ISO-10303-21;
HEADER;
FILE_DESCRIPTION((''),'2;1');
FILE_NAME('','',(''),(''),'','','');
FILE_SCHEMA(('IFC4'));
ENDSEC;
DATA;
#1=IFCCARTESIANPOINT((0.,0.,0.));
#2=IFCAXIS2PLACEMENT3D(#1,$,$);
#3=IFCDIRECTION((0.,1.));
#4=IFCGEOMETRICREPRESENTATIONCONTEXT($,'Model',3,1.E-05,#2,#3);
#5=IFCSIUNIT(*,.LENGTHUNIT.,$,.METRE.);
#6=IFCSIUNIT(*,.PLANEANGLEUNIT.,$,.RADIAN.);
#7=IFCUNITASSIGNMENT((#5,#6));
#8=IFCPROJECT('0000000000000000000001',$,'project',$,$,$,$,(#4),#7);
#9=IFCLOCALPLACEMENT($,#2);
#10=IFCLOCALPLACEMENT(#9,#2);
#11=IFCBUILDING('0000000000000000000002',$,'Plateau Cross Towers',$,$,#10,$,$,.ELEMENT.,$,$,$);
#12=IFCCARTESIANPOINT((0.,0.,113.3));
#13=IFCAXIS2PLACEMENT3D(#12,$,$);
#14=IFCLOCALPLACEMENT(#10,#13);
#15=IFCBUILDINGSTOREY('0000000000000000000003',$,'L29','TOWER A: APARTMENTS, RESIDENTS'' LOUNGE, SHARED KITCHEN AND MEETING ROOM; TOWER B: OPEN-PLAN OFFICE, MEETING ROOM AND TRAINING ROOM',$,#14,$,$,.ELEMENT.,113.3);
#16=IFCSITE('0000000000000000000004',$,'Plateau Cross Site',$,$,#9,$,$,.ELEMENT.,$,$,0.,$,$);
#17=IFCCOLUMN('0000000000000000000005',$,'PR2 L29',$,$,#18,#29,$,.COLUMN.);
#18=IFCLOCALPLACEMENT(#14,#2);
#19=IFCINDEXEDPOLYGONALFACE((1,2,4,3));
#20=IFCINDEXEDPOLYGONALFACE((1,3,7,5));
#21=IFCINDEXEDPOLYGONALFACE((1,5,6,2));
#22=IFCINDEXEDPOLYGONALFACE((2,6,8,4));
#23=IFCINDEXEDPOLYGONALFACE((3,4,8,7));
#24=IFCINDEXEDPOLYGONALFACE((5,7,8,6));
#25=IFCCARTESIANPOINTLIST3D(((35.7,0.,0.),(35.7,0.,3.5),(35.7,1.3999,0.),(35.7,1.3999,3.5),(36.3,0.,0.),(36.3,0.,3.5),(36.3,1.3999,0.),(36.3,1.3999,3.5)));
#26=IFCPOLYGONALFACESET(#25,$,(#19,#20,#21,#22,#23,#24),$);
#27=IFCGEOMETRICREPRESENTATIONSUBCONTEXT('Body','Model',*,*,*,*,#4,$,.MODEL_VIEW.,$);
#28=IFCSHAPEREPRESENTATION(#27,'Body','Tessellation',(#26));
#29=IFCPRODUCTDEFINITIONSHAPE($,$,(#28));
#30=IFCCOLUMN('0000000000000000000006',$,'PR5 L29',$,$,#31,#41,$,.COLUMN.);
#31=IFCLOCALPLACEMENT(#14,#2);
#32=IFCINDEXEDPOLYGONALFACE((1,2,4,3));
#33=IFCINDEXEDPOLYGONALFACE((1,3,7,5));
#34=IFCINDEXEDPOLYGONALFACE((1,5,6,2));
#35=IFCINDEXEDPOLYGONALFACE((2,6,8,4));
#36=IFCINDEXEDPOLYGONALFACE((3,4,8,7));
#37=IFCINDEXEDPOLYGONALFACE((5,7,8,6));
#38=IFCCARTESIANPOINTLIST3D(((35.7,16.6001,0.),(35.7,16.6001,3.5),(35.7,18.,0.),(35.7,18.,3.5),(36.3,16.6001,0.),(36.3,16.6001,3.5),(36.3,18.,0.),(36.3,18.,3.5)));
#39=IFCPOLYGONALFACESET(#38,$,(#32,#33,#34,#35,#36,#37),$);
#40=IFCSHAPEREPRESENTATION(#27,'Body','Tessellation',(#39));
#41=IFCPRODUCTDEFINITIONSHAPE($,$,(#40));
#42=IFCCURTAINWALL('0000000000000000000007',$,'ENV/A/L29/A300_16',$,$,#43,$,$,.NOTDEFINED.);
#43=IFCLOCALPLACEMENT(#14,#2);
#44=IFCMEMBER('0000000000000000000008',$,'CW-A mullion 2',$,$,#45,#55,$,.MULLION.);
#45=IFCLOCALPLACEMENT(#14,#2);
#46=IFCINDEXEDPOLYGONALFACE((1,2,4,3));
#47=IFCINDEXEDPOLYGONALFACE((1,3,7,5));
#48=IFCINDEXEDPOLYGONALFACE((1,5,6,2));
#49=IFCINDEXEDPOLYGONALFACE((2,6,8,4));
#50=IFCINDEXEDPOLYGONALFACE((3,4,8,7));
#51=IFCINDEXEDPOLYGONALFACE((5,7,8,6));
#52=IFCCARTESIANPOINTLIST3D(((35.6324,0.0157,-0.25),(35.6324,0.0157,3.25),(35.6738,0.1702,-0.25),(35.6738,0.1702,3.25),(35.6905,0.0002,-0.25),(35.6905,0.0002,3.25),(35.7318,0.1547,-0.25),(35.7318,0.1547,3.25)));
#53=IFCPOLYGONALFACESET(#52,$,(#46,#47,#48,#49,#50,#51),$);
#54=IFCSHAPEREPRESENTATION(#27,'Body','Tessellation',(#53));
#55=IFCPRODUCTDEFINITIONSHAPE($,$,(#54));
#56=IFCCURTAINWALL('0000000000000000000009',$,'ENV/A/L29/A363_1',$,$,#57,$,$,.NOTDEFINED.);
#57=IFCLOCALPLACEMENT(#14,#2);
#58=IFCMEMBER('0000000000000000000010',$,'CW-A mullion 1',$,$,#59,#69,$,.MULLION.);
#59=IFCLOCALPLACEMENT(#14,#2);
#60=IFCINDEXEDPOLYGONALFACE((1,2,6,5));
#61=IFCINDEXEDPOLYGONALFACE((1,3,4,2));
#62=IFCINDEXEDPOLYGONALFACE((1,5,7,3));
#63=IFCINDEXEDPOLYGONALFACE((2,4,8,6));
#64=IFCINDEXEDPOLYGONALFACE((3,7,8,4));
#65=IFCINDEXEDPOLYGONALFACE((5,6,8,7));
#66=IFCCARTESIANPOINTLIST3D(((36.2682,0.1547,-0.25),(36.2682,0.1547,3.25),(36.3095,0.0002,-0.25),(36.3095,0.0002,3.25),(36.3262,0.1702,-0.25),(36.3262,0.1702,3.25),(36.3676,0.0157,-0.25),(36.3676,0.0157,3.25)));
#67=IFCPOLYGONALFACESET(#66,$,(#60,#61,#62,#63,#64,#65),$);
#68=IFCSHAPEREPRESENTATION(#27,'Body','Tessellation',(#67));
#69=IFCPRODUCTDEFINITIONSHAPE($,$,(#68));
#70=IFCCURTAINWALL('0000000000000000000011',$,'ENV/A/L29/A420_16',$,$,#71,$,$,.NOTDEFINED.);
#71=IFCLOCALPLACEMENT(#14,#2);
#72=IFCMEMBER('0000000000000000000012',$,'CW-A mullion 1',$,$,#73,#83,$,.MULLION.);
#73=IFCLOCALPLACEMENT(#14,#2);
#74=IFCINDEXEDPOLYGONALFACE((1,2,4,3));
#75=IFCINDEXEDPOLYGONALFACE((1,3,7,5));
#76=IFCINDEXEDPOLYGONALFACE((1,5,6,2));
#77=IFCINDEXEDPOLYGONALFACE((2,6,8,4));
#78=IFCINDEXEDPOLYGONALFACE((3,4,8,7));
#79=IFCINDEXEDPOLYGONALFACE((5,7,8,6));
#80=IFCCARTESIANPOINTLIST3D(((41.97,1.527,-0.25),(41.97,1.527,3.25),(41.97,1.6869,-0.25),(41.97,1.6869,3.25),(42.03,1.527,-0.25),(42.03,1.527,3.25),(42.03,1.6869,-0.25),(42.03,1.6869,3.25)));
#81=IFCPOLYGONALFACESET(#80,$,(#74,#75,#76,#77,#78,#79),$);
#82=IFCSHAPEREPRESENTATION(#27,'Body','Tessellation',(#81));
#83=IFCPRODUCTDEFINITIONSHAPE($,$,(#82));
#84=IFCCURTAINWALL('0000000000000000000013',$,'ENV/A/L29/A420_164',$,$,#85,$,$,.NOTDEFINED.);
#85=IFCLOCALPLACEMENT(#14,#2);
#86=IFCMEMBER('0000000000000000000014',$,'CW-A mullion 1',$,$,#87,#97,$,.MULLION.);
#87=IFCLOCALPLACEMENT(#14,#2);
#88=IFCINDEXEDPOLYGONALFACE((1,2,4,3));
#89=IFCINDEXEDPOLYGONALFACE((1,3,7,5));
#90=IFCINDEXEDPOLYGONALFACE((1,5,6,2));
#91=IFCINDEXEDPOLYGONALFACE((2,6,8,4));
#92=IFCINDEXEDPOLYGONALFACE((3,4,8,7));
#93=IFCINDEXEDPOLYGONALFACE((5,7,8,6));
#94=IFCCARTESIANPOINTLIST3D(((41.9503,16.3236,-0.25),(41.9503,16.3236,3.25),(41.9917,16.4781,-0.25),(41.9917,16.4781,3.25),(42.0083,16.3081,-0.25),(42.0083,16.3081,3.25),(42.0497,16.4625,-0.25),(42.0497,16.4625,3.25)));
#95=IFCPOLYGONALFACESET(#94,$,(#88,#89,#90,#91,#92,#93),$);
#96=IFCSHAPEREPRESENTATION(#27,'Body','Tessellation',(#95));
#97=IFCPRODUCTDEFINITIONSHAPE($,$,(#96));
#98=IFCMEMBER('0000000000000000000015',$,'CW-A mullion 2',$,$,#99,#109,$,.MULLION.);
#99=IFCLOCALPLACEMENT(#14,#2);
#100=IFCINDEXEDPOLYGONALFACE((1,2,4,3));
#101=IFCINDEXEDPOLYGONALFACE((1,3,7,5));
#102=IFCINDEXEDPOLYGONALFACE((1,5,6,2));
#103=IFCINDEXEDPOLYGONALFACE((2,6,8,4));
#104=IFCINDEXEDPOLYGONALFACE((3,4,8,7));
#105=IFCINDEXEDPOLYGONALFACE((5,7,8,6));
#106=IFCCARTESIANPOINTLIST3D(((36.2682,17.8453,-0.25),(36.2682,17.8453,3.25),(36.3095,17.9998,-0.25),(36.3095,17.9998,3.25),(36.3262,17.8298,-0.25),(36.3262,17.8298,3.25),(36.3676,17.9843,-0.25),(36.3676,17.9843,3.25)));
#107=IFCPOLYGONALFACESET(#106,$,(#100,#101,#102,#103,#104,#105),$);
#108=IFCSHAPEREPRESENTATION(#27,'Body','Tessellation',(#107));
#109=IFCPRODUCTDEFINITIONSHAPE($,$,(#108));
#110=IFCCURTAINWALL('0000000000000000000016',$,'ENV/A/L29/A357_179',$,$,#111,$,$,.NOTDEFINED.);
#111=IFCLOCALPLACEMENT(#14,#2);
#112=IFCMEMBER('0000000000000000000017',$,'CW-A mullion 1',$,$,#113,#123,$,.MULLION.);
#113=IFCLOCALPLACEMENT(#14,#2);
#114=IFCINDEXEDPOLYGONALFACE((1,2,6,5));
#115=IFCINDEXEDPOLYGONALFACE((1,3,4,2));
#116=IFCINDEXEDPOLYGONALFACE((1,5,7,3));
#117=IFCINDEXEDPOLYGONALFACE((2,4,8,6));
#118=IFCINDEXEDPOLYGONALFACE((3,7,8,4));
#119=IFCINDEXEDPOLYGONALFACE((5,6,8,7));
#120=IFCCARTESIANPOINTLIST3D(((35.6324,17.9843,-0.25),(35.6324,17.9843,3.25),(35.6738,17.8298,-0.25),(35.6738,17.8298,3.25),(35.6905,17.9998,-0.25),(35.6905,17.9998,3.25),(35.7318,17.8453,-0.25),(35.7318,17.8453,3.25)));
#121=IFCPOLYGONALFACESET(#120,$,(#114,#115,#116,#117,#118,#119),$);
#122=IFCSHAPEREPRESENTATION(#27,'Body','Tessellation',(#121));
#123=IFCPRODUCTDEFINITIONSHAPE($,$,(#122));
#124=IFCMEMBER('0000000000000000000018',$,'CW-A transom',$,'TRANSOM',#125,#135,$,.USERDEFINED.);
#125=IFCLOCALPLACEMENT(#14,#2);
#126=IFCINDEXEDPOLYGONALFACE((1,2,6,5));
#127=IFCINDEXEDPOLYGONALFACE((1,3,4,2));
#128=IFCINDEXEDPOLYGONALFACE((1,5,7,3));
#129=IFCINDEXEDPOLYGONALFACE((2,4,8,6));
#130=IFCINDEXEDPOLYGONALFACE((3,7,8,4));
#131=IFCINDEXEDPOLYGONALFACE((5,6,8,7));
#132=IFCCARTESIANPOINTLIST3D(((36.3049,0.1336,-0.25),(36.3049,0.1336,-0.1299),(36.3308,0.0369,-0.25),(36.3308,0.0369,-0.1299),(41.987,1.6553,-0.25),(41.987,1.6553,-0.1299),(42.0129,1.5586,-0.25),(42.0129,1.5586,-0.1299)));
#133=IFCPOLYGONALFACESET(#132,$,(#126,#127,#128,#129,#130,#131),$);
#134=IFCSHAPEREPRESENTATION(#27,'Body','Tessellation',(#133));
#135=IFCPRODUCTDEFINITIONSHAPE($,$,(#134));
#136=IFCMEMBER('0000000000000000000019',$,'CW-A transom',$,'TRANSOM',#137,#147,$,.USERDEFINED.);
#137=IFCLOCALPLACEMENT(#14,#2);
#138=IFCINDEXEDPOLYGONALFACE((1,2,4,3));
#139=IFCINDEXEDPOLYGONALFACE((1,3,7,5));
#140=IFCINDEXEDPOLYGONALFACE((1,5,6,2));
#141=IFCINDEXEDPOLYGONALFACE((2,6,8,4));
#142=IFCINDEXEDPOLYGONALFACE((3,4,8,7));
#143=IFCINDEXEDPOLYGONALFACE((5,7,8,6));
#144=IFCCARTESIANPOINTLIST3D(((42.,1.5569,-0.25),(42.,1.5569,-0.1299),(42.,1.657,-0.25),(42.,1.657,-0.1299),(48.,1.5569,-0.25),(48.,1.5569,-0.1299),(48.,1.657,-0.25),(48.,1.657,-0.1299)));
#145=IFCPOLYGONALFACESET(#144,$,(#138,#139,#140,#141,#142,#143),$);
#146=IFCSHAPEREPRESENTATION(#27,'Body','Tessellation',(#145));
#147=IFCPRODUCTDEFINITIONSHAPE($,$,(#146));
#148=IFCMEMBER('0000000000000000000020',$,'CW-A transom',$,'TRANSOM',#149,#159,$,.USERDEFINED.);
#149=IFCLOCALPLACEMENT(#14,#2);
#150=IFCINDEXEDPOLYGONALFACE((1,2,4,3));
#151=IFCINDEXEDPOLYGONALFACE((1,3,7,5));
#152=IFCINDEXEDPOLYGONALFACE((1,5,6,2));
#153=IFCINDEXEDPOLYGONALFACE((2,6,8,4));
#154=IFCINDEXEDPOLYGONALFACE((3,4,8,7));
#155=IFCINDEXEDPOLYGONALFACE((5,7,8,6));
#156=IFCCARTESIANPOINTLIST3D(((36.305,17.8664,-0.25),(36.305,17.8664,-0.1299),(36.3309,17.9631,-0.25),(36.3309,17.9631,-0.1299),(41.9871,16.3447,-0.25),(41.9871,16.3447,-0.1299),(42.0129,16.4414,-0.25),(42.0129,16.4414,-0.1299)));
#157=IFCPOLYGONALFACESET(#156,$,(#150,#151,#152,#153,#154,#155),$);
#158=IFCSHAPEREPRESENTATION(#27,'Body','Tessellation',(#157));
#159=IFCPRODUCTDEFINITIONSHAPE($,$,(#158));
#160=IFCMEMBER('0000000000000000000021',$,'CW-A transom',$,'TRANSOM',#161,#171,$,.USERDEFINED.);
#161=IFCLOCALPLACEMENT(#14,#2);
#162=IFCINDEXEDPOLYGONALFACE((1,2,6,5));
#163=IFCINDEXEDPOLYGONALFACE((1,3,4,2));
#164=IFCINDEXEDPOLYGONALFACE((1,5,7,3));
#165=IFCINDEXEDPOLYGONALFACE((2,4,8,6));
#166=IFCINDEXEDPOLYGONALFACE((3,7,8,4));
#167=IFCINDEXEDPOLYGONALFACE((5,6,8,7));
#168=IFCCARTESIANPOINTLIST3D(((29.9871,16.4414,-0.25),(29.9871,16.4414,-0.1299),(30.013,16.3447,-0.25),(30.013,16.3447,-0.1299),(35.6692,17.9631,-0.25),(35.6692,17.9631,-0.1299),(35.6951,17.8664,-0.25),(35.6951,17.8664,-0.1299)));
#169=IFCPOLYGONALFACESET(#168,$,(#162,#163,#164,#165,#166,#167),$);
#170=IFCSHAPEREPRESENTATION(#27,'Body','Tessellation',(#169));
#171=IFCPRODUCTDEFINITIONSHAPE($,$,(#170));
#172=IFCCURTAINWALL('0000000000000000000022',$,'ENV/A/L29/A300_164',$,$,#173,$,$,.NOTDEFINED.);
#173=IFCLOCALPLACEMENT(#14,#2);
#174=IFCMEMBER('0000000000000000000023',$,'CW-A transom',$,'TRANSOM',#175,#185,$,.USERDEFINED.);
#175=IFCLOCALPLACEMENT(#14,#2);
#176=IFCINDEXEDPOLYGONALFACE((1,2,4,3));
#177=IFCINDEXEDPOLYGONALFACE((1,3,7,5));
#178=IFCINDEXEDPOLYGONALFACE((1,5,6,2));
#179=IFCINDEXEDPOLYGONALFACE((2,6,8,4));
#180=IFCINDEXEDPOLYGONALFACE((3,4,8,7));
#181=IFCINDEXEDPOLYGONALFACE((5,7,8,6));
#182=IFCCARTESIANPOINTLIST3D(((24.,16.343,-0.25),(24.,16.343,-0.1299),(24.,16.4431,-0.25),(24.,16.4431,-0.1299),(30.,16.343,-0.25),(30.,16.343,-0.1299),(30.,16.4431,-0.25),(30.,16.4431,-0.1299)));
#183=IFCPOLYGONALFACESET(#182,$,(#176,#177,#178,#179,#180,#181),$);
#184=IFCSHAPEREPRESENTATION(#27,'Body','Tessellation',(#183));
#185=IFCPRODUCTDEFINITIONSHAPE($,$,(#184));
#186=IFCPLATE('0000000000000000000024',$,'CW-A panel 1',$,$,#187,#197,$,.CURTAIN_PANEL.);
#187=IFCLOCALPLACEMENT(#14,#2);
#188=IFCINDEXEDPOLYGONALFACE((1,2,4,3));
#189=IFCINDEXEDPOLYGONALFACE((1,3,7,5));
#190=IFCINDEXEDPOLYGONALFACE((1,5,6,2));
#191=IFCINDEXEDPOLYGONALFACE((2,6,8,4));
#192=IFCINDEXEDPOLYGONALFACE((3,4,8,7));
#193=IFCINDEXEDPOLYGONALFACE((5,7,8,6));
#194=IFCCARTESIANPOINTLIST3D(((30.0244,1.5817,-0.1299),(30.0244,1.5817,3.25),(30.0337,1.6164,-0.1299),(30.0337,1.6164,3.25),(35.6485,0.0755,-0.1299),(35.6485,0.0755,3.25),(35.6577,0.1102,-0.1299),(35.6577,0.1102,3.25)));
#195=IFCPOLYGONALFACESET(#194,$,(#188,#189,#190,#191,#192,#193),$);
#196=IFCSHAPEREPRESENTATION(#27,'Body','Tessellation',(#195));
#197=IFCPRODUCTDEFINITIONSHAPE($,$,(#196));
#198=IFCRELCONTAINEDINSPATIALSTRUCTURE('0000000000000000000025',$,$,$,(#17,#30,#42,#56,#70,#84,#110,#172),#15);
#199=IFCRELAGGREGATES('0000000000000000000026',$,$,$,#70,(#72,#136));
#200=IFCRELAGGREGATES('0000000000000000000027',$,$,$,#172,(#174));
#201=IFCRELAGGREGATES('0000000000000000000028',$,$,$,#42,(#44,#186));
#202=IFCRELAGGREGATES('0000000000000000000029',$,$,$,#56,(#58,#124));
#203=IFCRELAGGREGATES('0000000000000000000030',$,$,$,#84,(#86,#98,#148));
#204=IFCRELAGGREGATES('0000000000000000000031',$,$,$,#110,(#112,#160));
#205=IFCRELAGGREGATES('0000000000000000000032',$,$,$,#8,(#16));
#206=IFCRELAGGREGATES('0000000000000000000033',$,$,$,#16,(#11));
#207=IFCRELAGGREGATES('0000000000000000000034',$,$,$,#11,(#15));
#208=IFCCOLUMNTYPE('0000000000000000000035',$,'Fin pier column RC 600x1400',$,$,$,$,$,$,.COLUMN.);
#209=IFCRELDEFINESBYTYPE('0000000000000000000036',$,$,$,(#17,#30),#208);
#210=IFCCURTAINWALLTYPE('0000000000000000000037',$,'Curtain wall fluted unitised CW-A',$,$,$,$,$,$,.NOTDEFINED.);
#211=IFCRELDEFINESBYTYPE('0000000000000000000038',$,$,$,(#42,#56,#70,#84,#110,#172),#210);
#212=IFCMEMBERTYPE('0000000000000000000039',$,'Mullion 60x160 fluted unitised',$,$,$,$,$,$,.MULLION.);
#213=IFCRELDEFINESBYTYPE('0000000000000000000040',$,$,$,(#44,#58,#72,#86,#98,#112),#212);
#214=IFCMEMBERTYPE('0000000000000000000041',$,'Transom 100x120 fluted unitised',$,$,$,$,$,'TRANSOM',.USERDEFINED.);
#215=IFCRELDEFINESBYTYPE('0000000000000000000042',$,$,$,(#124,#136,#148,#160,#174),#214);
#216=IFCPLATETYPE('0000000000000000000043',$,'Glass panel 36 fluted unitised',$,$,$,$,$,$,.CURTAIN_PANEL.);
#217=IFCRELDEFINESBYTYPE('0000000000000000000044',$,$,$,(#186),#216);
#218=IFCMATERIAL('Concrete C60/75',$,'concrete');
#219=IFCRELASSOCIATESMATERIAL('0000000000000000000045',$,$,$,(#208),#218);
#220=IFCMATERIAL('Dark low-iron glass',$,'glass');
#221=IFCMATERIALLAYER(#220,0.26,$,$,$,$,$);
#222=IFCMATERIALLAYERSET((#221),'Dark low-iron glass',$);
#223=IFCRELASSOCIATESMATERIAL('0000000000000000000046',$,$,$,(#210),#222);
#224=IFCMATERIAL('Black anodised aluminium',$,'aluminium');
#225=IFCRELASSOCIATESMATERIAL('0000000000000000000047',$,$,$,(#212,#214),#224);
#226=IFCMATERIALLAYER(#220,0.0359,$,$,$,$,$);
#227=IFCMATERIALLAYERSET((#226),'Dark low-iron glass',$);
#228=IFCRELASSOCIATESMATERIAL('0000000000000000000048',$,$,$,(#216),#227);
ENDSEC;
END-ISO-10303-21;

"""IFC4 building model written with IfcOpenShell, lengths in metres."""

from ifc_helpers import new_model, si_unit, direction, frame, origin, origin_2d, place, context, subcontext, project, spatial, rectangle, extrude, material, layer, layer_set, material_profile, profile_set, type_object, element, aggregate, save


model = new_model("IFC4")

# Units and contexts
model_context = context("Model", 3, precision=1e-05, world=origin(), true_north=direction((0.0, 1.0)))
body_context = subcontext(model_context, "Body", "Model", "MODEL_VIEW")
ifc_project = project(units=[si_unit("LENGTHUNIT", "METRE"), si_unit("PLANEANGLEUNIT", "RADIAN")], contexts=[model_context])

# Site, building, storey
site_placement = place(None, origin())
site = spatial("IfcSite", under=ifc_project, at=site_placement, Name="Plateau Cross Site", CompositionType="ELEMENT", RefElevation=0.0)
building_placement = place(site_placement, origin())
building = spatial("IfcBuilding", under=site, at=building_placement, Name="Plateau Cross Towers", CompositionType="ELEMENT")
storey_placement = place(building_placement, frame((0.0, 0.0, 113.3)))
storey = spatial("IfcBuildingStorey", under=building, at=storey_placement, Name="L29", Description="TOWER A: APARTMENTS, RESIDENTS' LOUNGE, SHARED KITCHEN AND MEETING ROOM; TOWER B: OPEN-PLAN OFFICE, MEETING ROOM AND TRAINING ROOM", CompositionType="ELEMENT", Elevation=113.3)

# Columns
ifc_material_1 = material(Name="Concrete C60/75", Category="concrete")
ifc_material_profile_1 = material_profile(ifc_material_1, rectangle(XDim=0.6001, YDim=1.3999, at=origin_2d()), Name="RC 600x1400")
ifc_profile_set_1 = profile_set([ifc_material_profile_1], Name="Concrete C60/75")
column_type = type_object("IfcColumnType", Name="Fin pier column RC 600x1400", PredefinedType="COLUMN", material=ifc_profile_set_1)
for number, where, z_axis, x_axis, name in (
    (1, (36.0, 0.7, 0.0), (0.0, 0.0, 1.0), (1.0, 0.0, 0.0), "PR2 L29"),
    (2, (36.0, 17.3, 0.0), (0.0, 0.0, 1.0), (1.0, 0.0, 0.0), "PR5 L29"),
):
    element("IfcColumn", number, at=place(storey_placement, frame(where, z_axis=z_axis, x_axis=x_axis)), inside=storey, type_object=column_type, Name=name, PredefinedType="COLUMN", context=body_context, shape_type="SweptSolid", body=[
        extrude(rectangle(XDim=0.6001, YDim=1.3999, at=origin_2d()), origin(), (0.0, 0.0, 1.0), 3.5),
    ])

# Curtain walls, members
ifc_material_2 = material(Name="Dark low-iron glass", Category="glass")
ifc_layer_1 = layer(ifc_material_2, 0.26)
ifc_layer_set_1 = layer_set([ifc_layer_1], Name="Dark low-iron glass")
curtain_wall_type = type_object("IfcCurtainWallType", Name="Curtain wall fluted unitised CW-A", PredefinedType="NOTDEFINED", material=ifc_layer_set_1)
curtain_wall_1_placement = place(storey_placement, origin())
curtain_wall_1 = element("IfcCurtainWall", 3, at=curtain_wall_1_placement, inside=storey, type_object=curtain_wall_type, Name="ENV/A/L29/A300_16", PredefinedType="NOTDEFINED")
ifc_material_3 = material(Name="Black anodised aluminium", Category="aluminium")
ifc_material_profile_2 = material_profile(ifc_material_3, rectangle(XDim=0.0601, YDim=0.1599, at=origin_2d()), Name="MULLION 60x160")
ifc_profile_set_2 = profile_set([ifc_material_profile_2], Name="Black anodised aluminium")
member_type_1 = type_object("IfcMemberType", Name="Mullion 60x160 fluted unitised", PredefinedType="MULLION", material=ifc_profile_set_2)
member_1_placement = place(storey_placement, frame((35.6821, 0.0852, -0.25), z_axis=(0.0, 0.0, 1.0), x_axis=(0.965958, -0.258699, 0.0)))
member_1 = element("IfcMember", 4, at=member_1_placement, type_object=member_type_1, Name="CW-A mullion 2", PredefinedType="MULLION", context=body_context, shape_type="SweptSolid", body=[
    extrude(rectangle(XDim=0.0601, YDim=0.1599, at=origin_2d()), origin(), (0.0, 0.0, 1.0), 3.5),
])
curtain_wall_2_placement = place(storey_placement, origin())
curtain_wall_2 = element("IfcCurtainWall", 5, at=curtain_wall_2_placement, inside=storey, type_object=curtain_wall_type, Name="ENV/A/L29/A363_1", PredefinedType="NOTDEFINED")
member_2_placement = place(storey_placement, frame((36.3179, 0.0852, -0.25), z_axis=(0.0, 0.0, 1.0), x_axis=(0.965958, 0.258699, 0.0)))
member_2 = element("IfcMember", 6, at=member_2_placement, type_object=member_type_1, Name="CW-A mullion 1", PredefinedType="MULLION", context=body_context, shape_type="SweptSolid", body=[
    extrude(rectangle(XDim=0.0601, YDim=0.1599, at=origin_2d()), origin(), (0.0, 0.0, 1.0), 3.5),
])
curtain_wall_3_placement = place(storey_placement, origin())
curtain_wall_3 = element("IfcCurtainWall", 7, at=curtain_wall_3_placement, inside=storey, type_object=curtain_wall_type, Name="ENV/A/L29/A420_16", PredefinedType="NOTDEFINED")
member_3_placement = place(storey_placement, frame((42.0, 1.6069, -0.25), z_axis=(0.0, 0.0, 1.0), x_axis=(1.0, 0.0, 0.0)))
member_3 = element("IfcMember", 8, at=member_3_placement, type_object=member_type_1, Name="CW-A mullion 1", PredefinedType="MULLION", context=body_context, shape_type="SweptSolid", body=[
    extrude(rectangle(XDim=0.0601, YDim=0.1599, at=origin_2d()), origin(), (0.0, 0.0, 1.0), 3.5),
])

# Curtain wall, members
curtain_wall_4_placement = place(storey_placement, origin())
curtain_wall_4 = element("IfcCurtainWall", 9, at=curtain_wall_4_placement, inside=storey, type_object=curtain_wall_type, Name="ENV/A/L29/A420_164", PredefinedType="NOTDEFINED")
member_4_placement = place(storey_placement, frame((42.0, 16.3931, -0.25), z_axis=(0.0, 0.0, 1.0), x_axis=(-0.965958, 0.258699, 0.0)))
member_4 = element("IfcMember", 10, at=member_4_placement, type_object=member_type_1, Name="CW-A mullion 1", PredefinedType="MULLION", context=body_context, shape_type="SweptSolid", body=[
    extrude(rectangle(XDim=0.0601, YDim=0.1599, at=origin_2d()), origin(), (0.0, 0.0, 1.0), 3.5),
])
member_5_placement = place(storey_placement, frame((36.3179, 17.9148, -0.25), z_axis=(0.0, 0.0, 1.0), x_axis=(-0.965958, 0.258699, 0.0)))
member_5 = element("IfcMember", 11, at=member_5_placement, type_object=member_type_1, Name="CW-A mullion 2", PredefinedType="MULLION", context=body_context, shape_type="SweptSolid", body=[
    extrude(rectangle(XDim=0.0601, YDim=0.1599, at=origin_2d()), origin(), (0.0, 0.0, 1.0), 3.5),
])

# Curtain wall, member
curtain_wall_5_placement = place(storey_placement, origin())
curtain_wall_5 = element("IfcCurtainWall", 12, at=curtain_wall_5_placement, inside=storey, type_object=curtain_wall_type, Name="ENV/A/L29/A357_179", PredefinedType="NOTDEFINED")
member_6_placement = place(storey_placement, frame((35.6821, 17.9148, -0.25), z_axis=(0.0, 0.0, 1.0), x_axis=(-0.965958, -0.258699, 0.0)))
member_6 = element("IfcMember", 13, at=member_6_placement, type_object=member_type_1, Name="CW-A mullion 1", PredefinedType="MULLION", context=body_context, shape_type="SweptSolid", body=[
    extrude(rectangle(XDim=0.0601, YDim=0.1599, at=origin_2d()), origin(), (0.0, 0.0, 1.0), 3.5),
])

# Members
ifc_material_profile_3 = material_profile(ifc_material_3, rectangle(XDim=0.1001, YDim=0.1201, at=origin_2d()), Name="TRANSOM 100x120")
ifc_profile_set_3 = profile_set([ifc_material_profile_3], Name="Black anodised aluminium")
member_type_2 = type_object("IfcMemberType", Name="Transom 100x120 fluted unitised", ElementType="TRANSOM", PredefinedType="USERDEFINED", material=ifc_profile_set_3)
member_7_placement = place(storey_placement, frame((36.3179, 0.0852, -0.1899), z_axis=(0.96596, 0.258693, 0.0), x_axis=(-0.258693, 0.96596, 0.0)))
member_7 = element("IfcMember", 14, at=member_7_placement, type_object=member_type_2, Name="CW-A transom", ObjectType="TRANSOM", PredefinedType="USERDEFINED", context=body_context, shape_type="SweptSolid", body=[
    extrude(rectangle(XDim=0.1001, YDim=0.1201, at=origin_2d()), origin(), (0.0, 0.0, 1.0), 5.8823),
])
member_8_placement = place(storey_placement, frame((42.0, 1.6069, -0.1899), z_axis=(1.0, 0.0, 0.0), x_axis=(0.0, 1.0, 0.0)))
member_8 = element("IfcMember", 15, at=member_8_placement, type_object=member_type_2, Name="CW-A transom", ObjectType="TRANSOM", PredefinedType="USERDEFINED", context=body_context, shape_type="SweptSolid", body=[
    extrude(rectangle(XDim=0.1001, YDim=0.1201, at=origin_2d()), origin(), (0.0, 0.0, 1.0), 6.0),
])
aggregate(curtain_wall_3, [member_3, member_8])
member_9_placement = place(storey_placement, frame((42.0, 16.3931, -0.1899), z_axis=(-0.96596, 0.258693, 0.0), x_axis=(-0.258693, -0.96596, 0.0)))
member_9 = element("IfcMember", 16, at=member_9_placement, type_object=member_type_2, Name="CW-A transom", ObjectType="TRANSOM", PredefinedType="USERDEFINED", context=body_context, shape_type="SweptSolid", body=[
    extrude(rectangle(XDim=0.1001, YDim=0.1201, at=origin_2d()), origin(), (0.0, 0.0, 1.0), 5.8823),
])
member_10_placement = place(storey_placement, frame((35.6821, 17.9148, -0.1899), z_axis=(-0.96596, -0.258693, 0.0), x_axis=(0.258693, -0.96596, 0.0)))
member_10 = element("IfcMember", 17, at=member_10_placement, type_object=member_type_2, Name="CW-A transom", ObjectType="TRANSOM", PredefinedType="USERDEFINED", context=body_context, shape_type="SweptSolid", body=[
    extrude(rectangle(XDim=0.1001, YDim=0.1201, at=origin_2d()), origin(), (0.0, 0.0, 1.0), 5.8823),
])

# Curtain wall, member
curtain_wall_6_placement = place(storey_placement, origin())
curtain_wall_6 = element("IfcCurtainWall", 18, at=curtain_wall_6_placement, inside=storey, type_object=curtain_wall_type, Name="ENV/A/L29/A300_164", PredefinedType="NOTDEFINED")
member_11_placement = place(storey_placement, frame((30.0, 16.3931, -0.1899), z_axis=(-1.0, 0.0, 0.0), x_axis=(0.0, -1.0, 0.0)))
member_11 = element("IfcMember", 19, at=member_11_placement, type_object=member_type_2, Name="CW-A transom", ObjectType="TRANSOM", PredefinedType="USERDEFINED", context=body_context, shape_type="SweptSolid", body=[
    extrude(rectangle(XDim=0.1001, YDim=0.1201, at=origin_2d()), origin(), (0.0, 0.0, 1.0), 6.0),
])
aggregate(curtain_wall_6, [member_11])

# Plate
ifc_layer_2 = layer(ifc_material_2, 0.0359)
ifc_layer_set_2 = layer_set([ifc_layer_2], Name="Dark low-iron glass")
plate_type = type_object("IfcPlateType", Name="Glass panel 36 fluted unitised", PredefinedType="CURTAIN_PANEL", material=ifc_layer_set_2)
plate_1_placement = place(storey_placement, frame((32.8411, 0.8459, -0.1299), z_axis=(0.0, 0.0, 1.0), x_axis=(0.965958, -0.258699, 0.0)))
plate_1 = element("IfcPlate", 20, at=plate_1_placement, type_object=plate_type, Name="CW-A panel 1", PredefinedType="CURTAIN_PANEL", context=body_context, shape_type="SweptSolid", body=[
    extrude(rectangle(XDim=5.8223, YDim=0.0359, at=origin_2d()), origin(), (0.0, 0.0, 1.0), 3.3799),
])
aggregate(curtain_wall_1, [member_1, plate_1])
aggregate(curtain_wall_2, [member_2, member_7])
aggregate(curtain_wall_4, [member_4, member_5, member_9])
aggregate(curtain_wall_5, [member_6, member_10])

save(model, "model.ifc")
